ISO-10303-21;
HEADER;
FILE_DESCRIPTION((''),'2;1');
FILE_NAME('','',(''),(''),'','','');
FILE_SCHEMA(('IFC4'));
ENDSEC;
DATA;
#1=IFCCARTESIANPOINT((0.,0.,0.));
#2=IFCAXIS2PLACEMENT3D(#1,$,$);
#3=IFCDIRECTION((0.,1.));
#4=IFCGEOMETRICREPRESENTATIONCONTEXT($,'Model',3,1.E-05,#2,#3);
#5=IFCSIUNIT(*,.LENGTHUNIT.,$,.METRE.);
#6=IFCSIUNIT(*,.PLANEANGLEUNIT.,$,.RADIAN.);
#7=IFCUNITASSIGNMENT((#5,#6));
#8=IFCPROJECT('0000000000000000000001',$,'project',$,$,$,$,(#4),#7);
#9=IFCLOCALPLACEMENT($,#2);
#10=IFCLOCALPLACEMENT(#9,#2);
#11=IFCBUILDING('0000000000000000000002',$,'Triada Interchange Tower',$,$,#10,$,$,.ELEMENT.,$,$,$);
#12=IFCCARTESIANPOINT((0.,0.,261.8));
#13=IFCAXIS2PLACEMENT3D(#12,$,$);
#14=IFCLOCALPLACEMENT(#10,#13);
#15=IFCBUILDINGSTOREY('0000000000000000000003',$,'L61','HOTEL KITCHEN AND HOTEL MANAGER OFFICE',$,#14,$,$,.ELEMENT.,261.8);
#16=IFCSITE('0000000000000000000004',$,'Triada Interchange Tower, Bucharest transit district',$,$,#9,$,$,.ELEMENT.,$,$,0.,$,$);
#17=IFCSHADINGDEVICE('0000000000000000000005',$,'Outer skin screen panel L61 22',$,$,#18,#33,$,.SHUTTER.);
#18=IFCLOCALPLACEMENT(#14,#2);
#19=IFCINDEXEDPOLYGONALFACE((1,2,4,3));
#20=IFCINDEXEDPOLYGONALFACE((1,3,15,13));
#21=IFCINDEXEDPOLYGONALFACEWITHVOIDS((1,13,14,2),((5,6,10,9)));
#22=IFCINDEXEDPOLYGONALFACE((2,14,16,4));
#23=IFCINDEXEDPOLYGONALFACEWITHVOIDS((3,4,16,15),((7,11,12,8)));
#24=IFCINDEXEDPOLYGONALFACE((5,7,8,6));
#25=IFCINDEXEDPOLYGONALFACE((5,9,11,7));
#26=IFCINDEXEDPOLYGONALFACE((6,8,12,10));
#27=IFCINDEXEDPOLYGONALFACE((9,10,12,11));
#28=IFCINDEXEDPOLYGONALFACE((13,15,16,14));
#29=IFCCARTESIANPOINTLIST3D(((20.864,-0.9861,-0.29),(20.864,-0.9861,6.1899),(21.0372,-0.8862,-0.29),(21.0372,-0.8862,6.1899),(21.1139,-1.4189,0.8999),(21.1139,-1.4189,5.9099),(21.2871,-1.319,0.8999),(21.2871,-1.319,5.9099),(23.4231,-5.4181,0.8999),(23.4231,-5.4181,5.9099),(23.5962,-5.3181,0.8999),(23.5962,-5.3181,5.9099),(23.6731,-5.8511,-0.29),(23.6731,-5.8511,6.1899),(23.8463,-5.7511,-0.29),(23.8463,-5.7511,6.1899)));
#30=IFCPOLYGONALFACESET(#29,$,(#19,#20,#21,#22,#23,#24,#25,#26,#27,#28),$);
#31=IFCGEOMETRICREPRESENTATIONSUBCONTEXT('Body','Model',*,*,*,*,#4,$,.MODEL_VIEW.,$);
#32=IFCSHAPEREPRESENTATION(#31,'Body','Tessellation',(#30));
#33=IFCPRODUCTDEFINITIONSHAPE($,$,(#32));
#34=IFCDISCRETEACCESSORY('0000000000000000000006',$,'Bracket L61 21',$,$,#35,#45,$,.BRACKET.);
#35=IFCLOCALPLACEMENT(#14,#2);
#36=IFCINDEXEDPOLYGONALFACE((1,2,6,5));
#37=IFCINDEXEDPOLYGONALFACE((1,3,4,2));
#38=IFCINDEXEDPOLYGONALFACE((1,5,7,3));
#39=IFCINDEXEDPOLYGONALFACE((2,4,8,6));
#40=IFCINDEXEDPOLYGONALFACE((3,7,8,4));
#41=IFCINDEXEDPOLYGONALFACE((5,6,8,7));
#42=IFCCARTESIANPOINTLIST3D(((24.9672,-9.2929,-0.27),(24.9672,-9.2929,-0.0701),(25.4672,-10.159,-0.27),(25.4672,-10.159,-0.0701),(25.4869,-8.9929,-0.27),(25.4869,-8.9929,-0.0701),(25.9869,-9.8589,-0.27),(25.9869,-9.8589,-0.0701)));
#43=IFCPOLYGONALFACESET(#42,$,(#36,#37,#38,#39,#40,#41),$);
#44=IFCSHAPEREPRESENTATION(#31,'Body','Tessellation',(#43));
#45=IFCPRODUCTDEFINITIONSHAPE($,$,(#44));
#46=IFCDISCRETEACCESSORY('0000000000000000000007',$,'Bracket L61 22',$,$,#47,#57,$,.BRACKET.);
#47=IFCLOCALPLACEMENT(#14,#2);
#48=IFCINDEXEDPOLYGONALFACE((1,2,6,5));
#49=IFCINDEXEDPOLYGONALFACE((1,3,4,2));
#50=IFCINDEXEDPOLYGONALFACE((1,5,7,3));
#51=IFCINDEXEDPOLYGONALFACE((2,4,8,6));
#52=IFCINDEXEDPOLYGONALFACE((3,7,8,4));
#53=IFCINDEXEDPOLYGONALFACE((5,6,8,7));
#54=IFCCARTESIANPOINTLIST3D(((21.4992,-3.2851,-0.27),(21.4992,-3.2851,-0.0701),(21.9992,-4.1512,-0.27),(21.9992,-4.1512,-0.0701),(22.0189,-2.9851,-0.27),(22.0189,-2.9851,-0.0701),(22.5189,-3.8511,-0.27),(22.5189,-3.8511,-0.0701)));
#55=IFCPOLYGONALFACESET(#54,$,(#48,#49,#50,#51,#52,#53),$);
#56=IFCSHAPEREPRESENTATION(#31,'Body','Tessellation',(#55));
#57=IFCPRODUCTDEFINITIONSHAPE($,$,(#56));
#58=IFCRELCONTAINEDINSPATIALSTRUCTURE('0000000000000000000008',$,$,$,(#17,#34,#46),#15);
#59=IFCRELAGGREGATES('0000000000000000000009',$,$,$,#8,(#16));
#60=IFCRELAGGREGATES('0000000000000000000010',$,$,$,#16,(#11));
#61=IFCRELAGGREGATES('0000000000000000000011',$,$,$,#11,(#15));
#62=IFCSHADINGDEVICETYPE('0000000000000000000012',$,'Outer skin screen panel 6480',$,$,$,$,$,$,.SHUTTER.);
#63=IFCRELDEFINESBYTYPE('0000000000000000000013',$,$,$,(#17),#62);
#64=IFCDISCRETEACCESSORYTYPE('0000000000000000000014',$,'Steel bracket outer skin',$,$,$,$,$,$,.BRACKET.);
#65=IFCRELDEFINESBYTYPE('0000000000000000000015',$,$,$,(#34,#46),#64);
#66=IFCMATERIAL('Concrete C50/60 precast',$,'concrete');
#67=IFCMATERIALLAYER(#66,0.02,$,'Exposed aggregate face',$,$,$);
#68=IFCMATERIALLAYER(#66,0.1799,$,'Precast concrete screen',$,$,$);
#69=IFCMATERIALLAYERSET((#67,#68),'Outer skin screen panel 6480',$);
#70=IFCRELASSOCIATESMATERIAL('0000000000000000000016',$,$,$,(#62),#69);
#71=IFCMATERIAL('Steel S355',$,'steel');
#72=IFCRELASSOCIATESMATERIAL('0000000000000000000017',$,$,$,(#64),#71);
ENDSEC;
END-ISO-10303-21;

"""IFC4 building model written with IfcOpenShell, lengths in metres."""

from ifc_helpers import new_model, si_unit, direction, frame, origin, origin_2d, place, context, subcontext, project, spatial, polyline, rectangle, outline, extrude, material, layer, layer_set, type_object, element, save


model = new_model("IFC4")

# Units and contexts
model_context = context("Model", 3, precision=1e-05, world=origin(), true_north=direction((0.0, 1.0)))
body_context = subcontext(model_context, "Body", "Model", "MODEL_VIEW")
ifc_project = project(units=[si_unit("LENGTHUNIT", "METRE"), si_unit("PLANEANGLEUNIT", "RADIAN")], contexts=[model_context])

# Site, building, storey
site_placement = place(None, origin())
site = spatial("IfcSite", under=ifc_project, at=site_placement, Name="Triada Interchange Tower, Bucharest transit district", CompositionType="ELEMENT", RefElevation=0.0)
building_placement = place(site_placement, origin())
building = spatial("IfcBuilding", under=site, at=building_placement, Name="Triada Interchange Tower", CompositionType="ELEMENT")
storey_placement = place(building_placement, frame((0.0, 0.0, 261.8)))
storey = spatial("IfcBuildingStorey", under=building, at=storey_placement, Name="L61", Description="HOTEL KITCHEN AND HOTEL MANAGER OFFICE", CompositionType="ELEMENT", Elevation=261.8)

# Shading device
ifc_material_1 = material(Name="Concrete C50/60 precast", Category="concrete")
ifc_layer_1 = layer(ifc_material_1, 0.02, Name="Exposed aggregate face")
ifc_layer_2 = layer(ifc_material_1, 0.1799, Name="Precast concrete screen")
ifc_layer_set_1 = layer_set([ifc_layer_1, ifc_layer_2], Name="Outer skin screen panel 6480")
shading_device_type = type_object("IfcShadingDeviceType", Name="Outer skin screen panel 6480", PredefinedType="SHUTTER", material=ifc_layer_set_1)
shading_device_placement = place(storey_placement, frame((23.6731, -5.8511, -0.29), z_axis=(0.0, 0.0, 1.0), x_axis=(-0.500037, 0.866004, 0.0)))
element("IfcShadingDevice", 1, at=shading_device_placement, inside=storey, type_object=shading_device_type, Name="Outer skin screen panel L61 22", PredefinedType="SHUTTER", context=body_context, shape_type="SweptSolid", body=[
    extrude(outline(polyline([(0.0, 0.0), (5.6177, 0.0), (5.6177, 6.48), (0.0, 6.48), (0.0, 0.0)]), holes=[polyline([(0.5, 1.1899), (0.5, 6.2), (5.1179, 6.2), (5.1179, 1.1899), (0.5, 1.1899)])]), frame((0.0, 0.0, 0.0), z_axis=(0.0, -1.0, 0.0), x_axis=(1.0, 0.0, 0.0)), (0.0, 0.0, 1.0), 0.2),
])

# Discrete accessories
ifc_material_2 = material(Name="Steel S355", Category="steel")
discrete_accessory_type = type_object("IfcDiscreteAccessoryType", Name="Steel bracket outer skin", PredefinedType="BRACKET", material=ifc_material_2)
for number, where, z_axis, x_axis, name in (
    (2, (25.4771, -9.5759, -0.27), (0.0, 0.0, 1.0), (0.866018, 0.500013, 0.0), "Bracket L61 21"),
    (3, (22.009, -3.5681, -0.27), (0.0, 0.0, 1.0), (0.866018, 0.500013, 0.0), "Bracket L61 22"),
):
    element("IfcDiscreteAccessory", number, at=place(storey_placement, frame(where, z_axis=z_axis, x_axis=x_axis)), inside=storey, type_object=discrete_accessory_type, Name=name, PredefinedType="BRACKET", context=body_context, shape_type="SweptSolid", body=[
        extrude(rectangle(XDim=0.6001, YDim=1.0, at=origin_2d()), origin(), (0.0, 0.0, 1.0), 0.2),
    ])

save(model, "model.ifc")
